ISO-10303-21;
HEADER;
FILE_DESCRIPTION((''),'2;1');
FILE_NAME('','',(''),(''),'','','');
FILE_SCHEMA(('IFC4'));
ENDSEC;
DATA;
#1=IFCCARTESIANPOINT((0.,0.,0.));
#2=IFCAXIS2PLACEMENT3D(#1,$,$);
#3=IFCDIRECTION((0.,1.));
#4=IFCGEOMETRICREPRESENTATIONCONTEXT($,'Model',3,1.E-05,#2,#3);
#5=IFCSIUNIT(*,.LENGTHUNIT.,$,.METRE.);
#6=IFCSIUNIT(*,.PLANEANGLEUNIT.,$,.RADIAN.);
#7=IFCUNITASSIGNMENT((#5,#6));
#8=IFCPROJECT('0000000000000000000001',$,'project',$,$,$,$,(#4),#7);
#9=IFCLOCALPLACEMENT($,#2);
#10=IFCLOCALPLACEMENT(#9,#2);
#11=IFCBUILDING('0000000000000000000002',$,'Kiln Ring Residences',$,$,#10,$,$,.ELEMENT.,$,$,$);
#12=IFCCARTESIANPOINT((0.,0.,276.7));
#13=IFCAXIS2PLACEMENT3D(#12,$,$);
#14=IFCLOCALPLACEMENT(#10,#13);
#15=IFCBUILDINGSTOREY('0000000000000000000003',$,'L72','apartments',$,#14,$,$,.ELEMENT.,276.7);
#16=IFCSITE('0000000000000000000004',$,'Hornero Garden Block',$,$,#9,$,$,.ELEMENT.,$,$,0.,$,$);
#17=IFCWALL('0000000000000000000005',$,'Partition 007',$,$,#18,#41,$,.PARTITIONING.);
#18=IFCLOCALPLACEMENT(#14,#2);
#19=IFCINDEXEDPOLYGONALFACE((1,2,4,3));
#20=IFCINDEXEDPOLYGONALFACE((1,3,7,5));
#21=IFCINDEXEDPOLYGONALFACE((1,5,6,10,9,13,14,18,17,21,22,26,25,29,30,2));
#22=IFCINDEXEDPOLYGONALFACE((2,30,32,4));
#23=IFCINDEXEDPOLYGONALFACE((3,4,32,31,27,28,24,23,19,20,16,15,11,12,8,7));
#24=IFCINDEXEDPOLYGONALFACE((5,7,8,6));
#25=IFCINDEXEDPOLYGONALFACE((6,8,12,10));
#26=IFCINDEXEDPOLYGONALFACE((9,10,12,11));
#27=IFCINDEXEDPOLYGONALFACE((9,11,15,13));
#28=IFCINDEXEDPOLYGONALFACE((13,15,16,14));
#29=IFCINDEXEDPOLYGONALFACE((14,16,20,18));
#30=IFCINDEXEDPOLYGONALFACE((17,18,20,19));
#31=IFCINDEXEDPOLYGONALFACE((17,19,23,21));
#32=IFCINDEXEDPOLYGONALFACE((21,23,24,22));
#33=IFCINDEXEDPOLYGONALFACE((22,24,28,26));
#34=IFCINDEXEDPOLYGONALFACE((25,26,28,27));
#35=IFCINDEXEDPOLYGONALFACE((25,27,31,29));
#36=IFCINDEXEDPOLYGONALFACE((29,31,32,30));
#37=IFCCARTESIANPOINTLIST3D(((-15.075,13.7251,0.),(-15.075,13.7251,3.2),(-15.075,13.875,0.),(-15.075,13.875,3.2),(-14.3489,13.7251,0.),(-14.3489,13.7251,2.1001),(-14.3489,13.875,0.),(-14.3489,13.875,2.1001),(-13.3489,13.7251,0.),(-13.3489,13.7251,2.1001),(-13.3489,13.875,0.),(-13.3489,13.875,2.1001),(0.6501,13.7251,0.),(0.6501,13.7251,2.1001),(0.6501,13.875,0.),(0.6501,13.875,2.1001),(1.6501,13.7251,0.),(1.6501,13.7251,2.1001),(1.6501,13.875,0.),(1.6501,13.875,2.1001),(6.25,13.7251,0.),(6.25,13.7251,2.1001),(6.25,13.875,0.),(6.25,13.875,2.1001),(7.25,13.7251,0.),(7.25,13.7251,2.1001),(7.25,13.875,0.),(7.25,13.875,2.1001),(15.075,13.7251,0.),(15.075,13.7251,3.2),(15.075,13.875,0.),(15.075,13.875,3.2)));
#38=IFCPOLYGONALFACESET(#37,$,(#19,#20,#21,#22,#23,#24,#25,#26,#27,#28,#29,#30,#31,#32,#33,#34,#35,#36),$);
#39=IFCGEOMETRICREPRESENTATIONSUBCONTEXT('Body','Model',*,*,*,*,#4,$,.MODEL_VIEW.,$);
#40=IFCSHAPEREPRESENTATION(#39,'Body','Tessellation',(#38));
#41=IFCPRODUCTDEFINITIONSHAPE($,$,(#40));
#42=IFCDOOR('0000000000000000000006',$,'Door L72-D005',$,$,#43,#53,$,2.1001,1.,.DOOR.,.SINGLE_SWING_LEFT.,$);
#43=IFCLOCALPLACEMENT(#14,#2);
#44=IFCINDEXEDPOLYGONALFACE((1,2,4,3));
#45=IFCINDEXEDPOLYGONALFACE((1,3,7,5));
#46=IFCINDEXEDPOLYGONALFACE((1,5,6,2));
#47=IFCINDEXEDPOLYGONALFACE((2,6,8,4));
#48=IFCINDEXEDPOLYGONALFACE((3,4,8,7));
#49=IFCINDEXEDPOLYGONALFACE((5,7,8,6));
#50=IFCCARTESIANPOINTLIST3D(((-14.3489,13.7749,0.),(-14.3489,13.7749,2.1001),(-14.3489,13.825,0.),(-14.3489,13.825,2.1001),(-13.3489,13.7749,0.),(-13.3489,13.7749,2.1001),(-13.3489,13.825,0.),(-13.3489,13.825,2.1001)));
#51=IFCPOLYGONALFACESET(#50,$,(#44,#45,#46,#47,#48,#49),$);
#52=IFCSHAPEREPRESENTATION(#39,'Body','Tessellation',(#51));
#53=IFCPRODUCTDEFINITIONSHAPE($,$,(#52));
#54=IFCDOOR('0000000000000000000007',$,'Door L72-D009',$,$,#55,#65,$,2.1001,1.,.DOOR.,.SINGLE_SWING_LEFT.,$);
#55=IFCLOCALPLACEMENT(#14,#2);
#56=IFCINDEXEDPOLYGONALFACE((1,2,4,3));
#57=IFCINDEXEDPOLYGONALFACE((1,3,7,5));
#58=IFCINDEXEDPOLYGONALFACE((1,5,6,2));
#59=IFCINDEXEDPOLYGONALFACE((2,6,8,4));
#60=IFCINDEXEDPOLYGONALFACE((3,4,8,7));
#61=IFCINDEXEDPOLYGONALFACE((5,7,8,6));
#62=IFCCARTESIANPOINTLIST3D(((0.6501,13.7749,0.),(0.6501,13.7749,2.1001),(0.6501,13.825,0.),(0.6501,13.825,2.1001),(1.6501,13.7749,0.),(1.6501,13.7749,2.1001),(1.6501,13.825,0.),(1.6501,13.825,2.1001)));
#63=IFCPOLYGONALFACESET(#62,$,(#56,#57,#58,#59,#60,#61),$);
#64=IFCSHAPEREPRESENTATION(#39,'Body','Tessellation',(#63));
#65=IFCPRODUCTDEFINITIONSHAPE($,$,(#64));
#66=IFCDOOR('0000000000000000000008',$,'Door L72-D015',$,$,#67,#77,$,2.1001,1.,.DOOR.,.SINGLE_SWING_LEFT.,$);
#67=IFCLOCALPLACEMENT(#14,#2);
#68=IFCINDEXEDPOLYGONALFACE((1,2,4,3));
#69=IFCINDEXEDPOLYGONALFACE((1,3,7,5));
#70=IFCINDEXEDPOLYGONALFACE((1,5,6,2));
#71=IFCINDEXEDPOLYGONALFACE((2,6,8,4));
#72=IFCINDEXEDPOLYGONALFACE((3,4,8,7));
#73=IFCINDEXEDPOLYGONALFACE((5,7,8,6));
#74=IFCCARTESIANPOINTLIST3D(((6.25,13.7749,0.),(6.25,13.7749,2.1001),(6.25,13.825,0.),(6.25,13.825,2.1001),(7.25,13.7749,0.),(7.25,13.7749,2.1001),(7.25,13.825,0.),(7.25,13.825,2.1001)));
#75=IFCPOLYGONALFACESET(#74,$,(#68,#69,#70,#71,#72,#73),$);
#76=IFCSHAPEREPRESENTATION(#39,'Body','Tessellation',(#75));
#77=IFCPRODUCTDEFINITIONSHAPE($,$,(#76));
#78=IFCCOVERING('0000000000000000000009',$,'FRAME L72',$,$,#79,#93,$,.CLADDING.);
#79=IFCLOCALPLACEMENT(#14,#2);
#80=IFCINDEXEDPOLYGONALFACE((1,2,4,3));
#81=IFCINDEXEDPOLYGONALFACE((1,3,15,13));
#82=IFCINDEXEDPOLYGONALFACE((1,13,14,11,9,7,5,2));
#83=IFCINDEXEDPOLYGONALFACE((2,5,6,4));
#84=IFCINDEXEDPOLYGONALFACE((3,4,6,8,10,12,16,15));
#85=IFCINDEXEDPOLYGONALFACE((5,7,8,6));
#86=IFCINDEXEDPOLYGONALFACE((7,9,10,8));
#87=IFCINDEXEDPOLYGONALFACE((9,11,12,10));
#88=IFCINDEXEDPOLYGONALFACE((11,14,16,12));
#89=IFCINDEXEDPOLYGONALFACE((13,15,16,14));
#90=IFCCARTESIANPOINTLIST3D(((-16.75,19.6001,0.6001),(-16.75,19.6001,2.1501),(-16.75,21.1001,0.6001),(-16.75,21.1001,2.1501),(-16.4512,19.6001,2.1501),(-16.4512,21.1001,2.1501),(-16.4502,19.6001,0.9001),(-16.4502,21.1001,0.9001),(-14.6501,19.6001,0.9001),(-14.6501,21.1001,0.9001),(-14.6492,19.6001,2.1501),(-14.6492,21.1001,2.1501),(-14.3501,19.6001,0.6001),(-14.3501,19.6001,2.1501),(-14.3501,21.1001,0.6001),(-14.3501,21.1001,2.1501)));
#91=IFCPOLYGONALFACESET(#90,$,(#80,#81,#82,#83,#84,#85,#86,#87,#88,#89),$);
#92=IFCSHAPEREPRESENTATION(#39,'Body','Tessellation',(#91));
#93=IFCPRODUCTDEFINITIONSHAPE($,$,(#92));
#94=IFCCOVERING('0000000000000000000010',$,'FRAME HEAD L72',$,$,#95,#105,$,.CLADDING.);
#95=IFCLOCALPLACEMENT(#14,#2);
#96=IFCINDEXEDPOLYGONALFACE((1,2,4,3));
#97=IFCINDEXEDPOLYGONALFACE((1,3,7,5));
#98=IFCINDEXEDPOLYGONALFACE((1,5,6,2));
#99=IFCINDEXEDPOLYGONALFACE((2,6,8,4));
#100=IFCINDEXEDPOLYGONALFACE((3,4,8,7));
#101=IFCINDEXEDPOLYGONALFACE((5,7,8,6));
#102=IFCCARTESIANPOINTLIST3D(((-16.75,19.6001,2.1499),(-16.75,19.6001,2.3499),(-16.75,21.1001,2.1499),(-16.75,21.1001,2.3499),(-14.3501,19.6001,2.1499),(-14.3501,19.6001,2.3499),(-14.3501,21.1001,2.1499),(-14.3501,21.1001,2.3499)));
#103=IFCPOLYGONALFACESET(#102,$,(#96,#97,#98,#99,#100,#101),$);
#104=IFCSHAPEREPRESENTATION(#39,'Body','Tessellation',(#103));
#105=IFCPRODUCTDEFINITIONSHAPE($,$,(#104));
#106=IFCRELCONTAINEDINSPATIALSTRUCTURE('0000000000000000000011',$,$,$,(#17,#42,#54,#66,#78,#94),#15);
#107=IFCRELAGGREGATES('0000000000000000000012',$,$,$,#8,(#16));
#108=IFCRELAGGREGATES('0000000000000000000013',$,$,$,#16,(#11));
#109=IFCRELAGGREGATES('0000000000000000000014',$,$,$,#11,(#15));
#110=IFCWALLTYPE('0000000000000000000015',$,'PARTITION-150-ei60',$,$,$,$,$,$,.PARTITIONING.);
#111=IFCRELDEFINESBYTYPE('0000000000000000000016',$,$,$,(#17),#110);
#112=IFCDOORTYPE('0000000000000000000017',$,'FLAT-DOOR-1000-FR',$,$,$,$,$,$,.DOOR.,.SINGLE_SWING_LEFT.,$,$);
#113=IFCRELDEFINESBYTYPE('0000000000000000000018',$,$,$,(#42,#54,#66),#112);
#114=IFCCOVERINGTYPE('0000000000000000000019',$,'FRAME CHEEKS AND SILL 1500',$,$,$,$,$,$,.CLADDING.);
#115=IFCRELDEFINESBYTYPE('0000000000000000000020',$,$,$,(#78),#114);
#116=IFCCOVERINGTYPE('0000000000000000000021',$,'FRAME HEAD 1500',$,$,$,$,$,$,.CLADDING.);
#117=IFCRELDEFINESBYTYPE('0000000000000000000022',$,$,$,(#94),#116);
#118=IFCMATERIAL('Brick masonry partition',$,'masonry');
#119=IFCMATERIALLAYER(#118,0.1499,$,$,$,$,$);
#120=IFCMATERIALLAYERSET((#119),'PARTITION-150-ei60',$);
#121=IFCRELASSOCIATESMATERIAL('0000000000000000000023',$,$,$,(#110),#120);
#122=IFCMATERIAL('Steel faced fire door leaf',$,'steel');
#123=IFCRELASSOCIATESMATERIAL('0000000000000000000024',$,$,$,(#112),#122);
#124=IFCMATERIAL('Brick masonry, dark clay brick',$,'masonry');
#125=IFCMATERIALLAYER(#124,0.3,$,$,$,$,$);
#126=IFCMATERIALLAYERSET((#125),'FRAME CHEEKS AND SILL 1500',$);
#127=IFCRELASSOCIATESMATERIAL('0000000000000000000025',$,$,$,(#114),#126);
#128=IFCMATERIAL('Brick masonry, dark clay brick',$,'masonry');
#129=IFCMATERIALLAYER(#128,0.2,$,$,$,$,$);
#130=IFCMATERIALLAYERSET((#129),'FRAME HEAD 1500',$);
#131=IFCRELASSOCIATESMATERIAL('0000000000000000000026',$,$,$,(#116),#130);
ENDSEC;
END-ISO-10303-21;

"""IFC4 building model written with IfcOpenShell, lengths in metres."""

from ifc_helpers import new_model, si_unit, direction, frame, frame_2d, origin, origin_2d, place, context, subcontext, project, spatial, polyline, rectangle, outline, extrude, material, layer, layer_set, type_object, element, fill, save


model = new_model("IFC4")

# Units and contexts
model_context = context("Model", 3, precision=1e-05, world=origin(), true_north=direction((0.0, 1.0)))
body_context = subcontext(model_context, "Body", "Model", "MODEL_VIEW")
ifc_project = project(units=[si_unit("LENGTHUNIT", "METRE"), si_unit("PLANEANGLEUNIT", "RADIAN")], contexts=[model_context])

# Site, building, storey
site_placement = place(None, origin())
site = spatial("IfcSite", under=ifc_project, at=site_placement, Name="Hornero Garden Block", CompositionType="ELEMENT", RefElevation=0.0)
building_placement = place(site_placement, origin())
building = spatial("IfcBuilding", under=site, at=building_placement, Name="Kiln Ring Residences", CompositionType="ELEMENT")
storey_placement = place(building_placement, frame((0.0, 0.0, 276.7)))
storey = spatial("IfcBuildingStorey", under=building, at=storey_placement, Name="L72", Description="apartments", CompositionType="ELEMENT", Elevation=276.7)

# Wall, openings, doors
ifc_material_1 = material(Name="Brick masonry partition", Category="masonry")
ifc_layer_1 = layer(ifc_material_1, 0.1499)
ifc_layer_set_1 = layer_set([ifc_layer_1], Name="PARTITION-150-ei60")
wall_type_1 = type_object("IfcWallType", Name="PARTITION-150-ei60", PredefinedType="PARTITIONING", material=ifc_layer_set_1)
wall_1_placement = place(storey_placement, frame((-15.075, 13.8, 0.0), z_axis=(0.0, 0.0, 1.0), x_axis=(1.0, 0.0, 0.0)))
wall_1 = element("IfcWall", 1, at=wall_1_placement, inside=storey, type_object=wall_type_1, Name="Partition 007", PredefinedType="PARTITIONING", context=body_context, shape_type="SweptSolid", body=[
    extrude(rectangle(XDim=30.1499, YDim=0.1499, at=frame_2d((15.075, 0.0))), origin(), (0.0, 0.0, 1.0), 3.2),
])
opening_1_placement = place(wall_1_placement, frame((0.7261, 0.0, 0.0)))
opening_1 = element("IfcOpeningElement", 2, at=opening_1_placement, cuts=wall_1, PredefinedType="OPENING", context=body_context, shape_type="SweptSolid", body=[
    extrude(rectangle(XDim=1.0, YDim=2.1001, at=frame_2d((0.5, 1.05))), frame((0.0, 0.085, 0.0), z_axis=(0.0, -1.0, 0.0), x_axis=(1.0, 0.0, 0.0)), (0.0, 0.0, 1.0), 0.1699),
])
opening_2_placement = place(wall_1_placement, frame((15.7251, 0.0, 0.0)))
opening_2 = element("IfcOpeningElement", 3, at=opening_2_placement, cuts=wall_1, PredefinedType="OPENING", context=body_context, shape_type="SweptSolid", body=[
    extrude(rectangle(XDim=1.0, YDim=2.1001, at=frame_2d((0.5, 1.05))), frame((0.0, 0.085, 0.0), z_axis=(0.0, -1.0, 0.0), x_axis=(1.0, 0.0, 0.0)), (0.0, 0.0, 1.0), 0.1699),
])
opening_3_placement = place(wall_1_placement, frame((21.325, 0.0, 0.0)))
opening_3 = element("IfcOpeningElement", 4, at=opening_3_placement, cuts=wall_1, PredefinedType="OPENING", context=body_context, shape_type="SweptSolid", body=[
    extrude(rectangle(XDim=1.0, YDim=2.1001, at=frame_2d((0.5, 1.05))), frame((0.0, 0.085, 0.0), z_axis=(0.0, -1.0, 0.0), x_axis=(1.0, 0.0, 0.0)), (0.0, 0.0, 1.0), 0.1699),
])
ifc_material_2 = material(Name="Steel faced fire door leaf", Category="steel")
door_type_1 = type_object("IfcDoorType", Name="FLAT-DOOR-1000-FR", OperationType="SINGLE_SWING_LEFT", PredefinedType="DOOR", material=ifc_material_2)
door_1_placement = place(opening_1_placement, origin())
door_1 = element("IfcDoor", 5, at=door_1_placement, inside=storey, type_object=door_type_1, Name="Door L72-D005", OperationType="SINGLE_SWING_LEFT", OverallHeight=2.1001, OverallWidth=1.0, PredefinedType="DOOR", context=body_context, shape_type="SweptSolid", body=[
    extrude(rectangle(XDim=1.0, YDim=2.1001, at=frame_2d((0.5, 1.05))), frame((0.0, 0.0249, 0.0), z_axis=(0.0, -1.0, 0.0), x_axis=(1.0, 0.0, 0.0)), (0.0, 0.0, 1.0), 0.05),
])
fill(opening_1, door_1)
door_2_placement = place(opening_2_placement, origin())
door_2 = element("IfcDoor", 6, at=door_2_placement, inside=storey, type_object=door_type_1, Name="Door L72-D009", OperationType="SINGLE_SWING_LEFT", OverallHeight=2.1001, OverallWidth=1.0, PredefinedType="DOOR", context=body_context, shape_type="SweptSolid", body=[
    extrude(rectangle(XDim=1.0, YDim=2.1001, at=frame_2d((0.5, 1.05))), frame((0.0, 0.0249, 0.0), z_axis=(0.0, -1.0, 0.0), x_axis=(1.0, 0.0, 0.0)), (0.0, 0.0, 1.0), 0.05),
])
fill(opening_2, door_2)
door_3_placement = place(opening_3_placement, origin())
door_3 = element("IfcDoor", 7, at=door_3_placement, inside=storey, type_object=door_type_1, Name="Door L72-D015", OperationType="SINGLE_SWING_LEFT", OverallHeight=2.1001, OverallWidth=1.0, PredefinedType="DOOR", context=body_context, shape_type="SweptSolid", body=[
    extrude(rectangle(XDim=1.0, YDim=2.1001, at=frame_2d((0.5, 1.05))), frame((0.0, 0.0249, 0.0), z_axis=(0.0, -1.0, 0.0), x_axis=(1.0, 0.0, 0.0)), (0.0, 0.0, 1.0), 0.05),
])
fill(opening_3, door_3)

# Coverings
ifc_material_3 = material(Name="Brick masonry, dark clay brick", Category="masonry")
ifc_layer_2 = layer(ifc_material_3, 0.3)
ifc_layer_set_2 = layer_set([ifc_layer_2], Name="FRAME CHEEKS AND SILL 1500")
covering_type_1 = type_object("IfcCoveringType", Name="FRAME CHEEKS AND SILL 1500", PredefinedType="CLADDING", material=ifc_layer_set_2)
covering_1_placement = place(storey_placement, frame((-14.3501, 20.3501, 0.6001), z_axis=(0.0, 0.0, 1.0), x_axis=(-1.0, 0.0, 0.0)))
element("IfcCovering", 8, at=covering_1_placement, inside=storey, type_object=covering_type_1, Name="FRAME L72", PredefinedType="CLADDING", context=body_context, shape_type="SweptSolid", body=[
    extrude(outline(polyline([(0.0, 0.0), (2.3999, 0.0), (2.3999, 1.55), (2.1011, 1.55), (2.1001, 0.3), (0.3, 0.3), (0.2991, 1.55), (0.0, 1.55), (0.0, 0.0)])), frame((0.0, 0.75, 0.0), z_axis=(0.0, -1.0, 0.0), x_axis=(1.0, 0.0, 0.0)), (0.0, 0.0, 1.0), 1.5),
])
ifc_material_4 = material(Name="Brick masonry, dark clay brick", Category="masonry")
ifc_layer_3 = layer(ifc_material_4, 0.2)
ifc_layer_set_3 = layer_set([ifc_layer_3], Name="FRAME HEAD 1500")
covering_type_2 = type_object("IfcCoveringType", Name="FRAME HEAD 1500", PredefinedType="CLADDING", material=ifc_layer_set_3)
covering_2_placement = place(storey_placement, frame((-15.55, 20.3501, 2.1499), z_axis=(0.0, 0.0, 1.0), x_axis=(-1.0, 0.0, 0.0)))
element("IfcCovering", 9, at=covering_2_placement, inside=storey, type_object=covering_type_2, Name="FRAME HEAD L72", PredefinedType="CLADDING", context=body_context, shape_type="SweptSolid", body=[
    extrude(rectangle(XDim=2.3999, YDim=1.5, at=origin_2d()), origin(), (0.0, 0.0, 1.0), 0.2),
])

save(model, "model.ifc")
